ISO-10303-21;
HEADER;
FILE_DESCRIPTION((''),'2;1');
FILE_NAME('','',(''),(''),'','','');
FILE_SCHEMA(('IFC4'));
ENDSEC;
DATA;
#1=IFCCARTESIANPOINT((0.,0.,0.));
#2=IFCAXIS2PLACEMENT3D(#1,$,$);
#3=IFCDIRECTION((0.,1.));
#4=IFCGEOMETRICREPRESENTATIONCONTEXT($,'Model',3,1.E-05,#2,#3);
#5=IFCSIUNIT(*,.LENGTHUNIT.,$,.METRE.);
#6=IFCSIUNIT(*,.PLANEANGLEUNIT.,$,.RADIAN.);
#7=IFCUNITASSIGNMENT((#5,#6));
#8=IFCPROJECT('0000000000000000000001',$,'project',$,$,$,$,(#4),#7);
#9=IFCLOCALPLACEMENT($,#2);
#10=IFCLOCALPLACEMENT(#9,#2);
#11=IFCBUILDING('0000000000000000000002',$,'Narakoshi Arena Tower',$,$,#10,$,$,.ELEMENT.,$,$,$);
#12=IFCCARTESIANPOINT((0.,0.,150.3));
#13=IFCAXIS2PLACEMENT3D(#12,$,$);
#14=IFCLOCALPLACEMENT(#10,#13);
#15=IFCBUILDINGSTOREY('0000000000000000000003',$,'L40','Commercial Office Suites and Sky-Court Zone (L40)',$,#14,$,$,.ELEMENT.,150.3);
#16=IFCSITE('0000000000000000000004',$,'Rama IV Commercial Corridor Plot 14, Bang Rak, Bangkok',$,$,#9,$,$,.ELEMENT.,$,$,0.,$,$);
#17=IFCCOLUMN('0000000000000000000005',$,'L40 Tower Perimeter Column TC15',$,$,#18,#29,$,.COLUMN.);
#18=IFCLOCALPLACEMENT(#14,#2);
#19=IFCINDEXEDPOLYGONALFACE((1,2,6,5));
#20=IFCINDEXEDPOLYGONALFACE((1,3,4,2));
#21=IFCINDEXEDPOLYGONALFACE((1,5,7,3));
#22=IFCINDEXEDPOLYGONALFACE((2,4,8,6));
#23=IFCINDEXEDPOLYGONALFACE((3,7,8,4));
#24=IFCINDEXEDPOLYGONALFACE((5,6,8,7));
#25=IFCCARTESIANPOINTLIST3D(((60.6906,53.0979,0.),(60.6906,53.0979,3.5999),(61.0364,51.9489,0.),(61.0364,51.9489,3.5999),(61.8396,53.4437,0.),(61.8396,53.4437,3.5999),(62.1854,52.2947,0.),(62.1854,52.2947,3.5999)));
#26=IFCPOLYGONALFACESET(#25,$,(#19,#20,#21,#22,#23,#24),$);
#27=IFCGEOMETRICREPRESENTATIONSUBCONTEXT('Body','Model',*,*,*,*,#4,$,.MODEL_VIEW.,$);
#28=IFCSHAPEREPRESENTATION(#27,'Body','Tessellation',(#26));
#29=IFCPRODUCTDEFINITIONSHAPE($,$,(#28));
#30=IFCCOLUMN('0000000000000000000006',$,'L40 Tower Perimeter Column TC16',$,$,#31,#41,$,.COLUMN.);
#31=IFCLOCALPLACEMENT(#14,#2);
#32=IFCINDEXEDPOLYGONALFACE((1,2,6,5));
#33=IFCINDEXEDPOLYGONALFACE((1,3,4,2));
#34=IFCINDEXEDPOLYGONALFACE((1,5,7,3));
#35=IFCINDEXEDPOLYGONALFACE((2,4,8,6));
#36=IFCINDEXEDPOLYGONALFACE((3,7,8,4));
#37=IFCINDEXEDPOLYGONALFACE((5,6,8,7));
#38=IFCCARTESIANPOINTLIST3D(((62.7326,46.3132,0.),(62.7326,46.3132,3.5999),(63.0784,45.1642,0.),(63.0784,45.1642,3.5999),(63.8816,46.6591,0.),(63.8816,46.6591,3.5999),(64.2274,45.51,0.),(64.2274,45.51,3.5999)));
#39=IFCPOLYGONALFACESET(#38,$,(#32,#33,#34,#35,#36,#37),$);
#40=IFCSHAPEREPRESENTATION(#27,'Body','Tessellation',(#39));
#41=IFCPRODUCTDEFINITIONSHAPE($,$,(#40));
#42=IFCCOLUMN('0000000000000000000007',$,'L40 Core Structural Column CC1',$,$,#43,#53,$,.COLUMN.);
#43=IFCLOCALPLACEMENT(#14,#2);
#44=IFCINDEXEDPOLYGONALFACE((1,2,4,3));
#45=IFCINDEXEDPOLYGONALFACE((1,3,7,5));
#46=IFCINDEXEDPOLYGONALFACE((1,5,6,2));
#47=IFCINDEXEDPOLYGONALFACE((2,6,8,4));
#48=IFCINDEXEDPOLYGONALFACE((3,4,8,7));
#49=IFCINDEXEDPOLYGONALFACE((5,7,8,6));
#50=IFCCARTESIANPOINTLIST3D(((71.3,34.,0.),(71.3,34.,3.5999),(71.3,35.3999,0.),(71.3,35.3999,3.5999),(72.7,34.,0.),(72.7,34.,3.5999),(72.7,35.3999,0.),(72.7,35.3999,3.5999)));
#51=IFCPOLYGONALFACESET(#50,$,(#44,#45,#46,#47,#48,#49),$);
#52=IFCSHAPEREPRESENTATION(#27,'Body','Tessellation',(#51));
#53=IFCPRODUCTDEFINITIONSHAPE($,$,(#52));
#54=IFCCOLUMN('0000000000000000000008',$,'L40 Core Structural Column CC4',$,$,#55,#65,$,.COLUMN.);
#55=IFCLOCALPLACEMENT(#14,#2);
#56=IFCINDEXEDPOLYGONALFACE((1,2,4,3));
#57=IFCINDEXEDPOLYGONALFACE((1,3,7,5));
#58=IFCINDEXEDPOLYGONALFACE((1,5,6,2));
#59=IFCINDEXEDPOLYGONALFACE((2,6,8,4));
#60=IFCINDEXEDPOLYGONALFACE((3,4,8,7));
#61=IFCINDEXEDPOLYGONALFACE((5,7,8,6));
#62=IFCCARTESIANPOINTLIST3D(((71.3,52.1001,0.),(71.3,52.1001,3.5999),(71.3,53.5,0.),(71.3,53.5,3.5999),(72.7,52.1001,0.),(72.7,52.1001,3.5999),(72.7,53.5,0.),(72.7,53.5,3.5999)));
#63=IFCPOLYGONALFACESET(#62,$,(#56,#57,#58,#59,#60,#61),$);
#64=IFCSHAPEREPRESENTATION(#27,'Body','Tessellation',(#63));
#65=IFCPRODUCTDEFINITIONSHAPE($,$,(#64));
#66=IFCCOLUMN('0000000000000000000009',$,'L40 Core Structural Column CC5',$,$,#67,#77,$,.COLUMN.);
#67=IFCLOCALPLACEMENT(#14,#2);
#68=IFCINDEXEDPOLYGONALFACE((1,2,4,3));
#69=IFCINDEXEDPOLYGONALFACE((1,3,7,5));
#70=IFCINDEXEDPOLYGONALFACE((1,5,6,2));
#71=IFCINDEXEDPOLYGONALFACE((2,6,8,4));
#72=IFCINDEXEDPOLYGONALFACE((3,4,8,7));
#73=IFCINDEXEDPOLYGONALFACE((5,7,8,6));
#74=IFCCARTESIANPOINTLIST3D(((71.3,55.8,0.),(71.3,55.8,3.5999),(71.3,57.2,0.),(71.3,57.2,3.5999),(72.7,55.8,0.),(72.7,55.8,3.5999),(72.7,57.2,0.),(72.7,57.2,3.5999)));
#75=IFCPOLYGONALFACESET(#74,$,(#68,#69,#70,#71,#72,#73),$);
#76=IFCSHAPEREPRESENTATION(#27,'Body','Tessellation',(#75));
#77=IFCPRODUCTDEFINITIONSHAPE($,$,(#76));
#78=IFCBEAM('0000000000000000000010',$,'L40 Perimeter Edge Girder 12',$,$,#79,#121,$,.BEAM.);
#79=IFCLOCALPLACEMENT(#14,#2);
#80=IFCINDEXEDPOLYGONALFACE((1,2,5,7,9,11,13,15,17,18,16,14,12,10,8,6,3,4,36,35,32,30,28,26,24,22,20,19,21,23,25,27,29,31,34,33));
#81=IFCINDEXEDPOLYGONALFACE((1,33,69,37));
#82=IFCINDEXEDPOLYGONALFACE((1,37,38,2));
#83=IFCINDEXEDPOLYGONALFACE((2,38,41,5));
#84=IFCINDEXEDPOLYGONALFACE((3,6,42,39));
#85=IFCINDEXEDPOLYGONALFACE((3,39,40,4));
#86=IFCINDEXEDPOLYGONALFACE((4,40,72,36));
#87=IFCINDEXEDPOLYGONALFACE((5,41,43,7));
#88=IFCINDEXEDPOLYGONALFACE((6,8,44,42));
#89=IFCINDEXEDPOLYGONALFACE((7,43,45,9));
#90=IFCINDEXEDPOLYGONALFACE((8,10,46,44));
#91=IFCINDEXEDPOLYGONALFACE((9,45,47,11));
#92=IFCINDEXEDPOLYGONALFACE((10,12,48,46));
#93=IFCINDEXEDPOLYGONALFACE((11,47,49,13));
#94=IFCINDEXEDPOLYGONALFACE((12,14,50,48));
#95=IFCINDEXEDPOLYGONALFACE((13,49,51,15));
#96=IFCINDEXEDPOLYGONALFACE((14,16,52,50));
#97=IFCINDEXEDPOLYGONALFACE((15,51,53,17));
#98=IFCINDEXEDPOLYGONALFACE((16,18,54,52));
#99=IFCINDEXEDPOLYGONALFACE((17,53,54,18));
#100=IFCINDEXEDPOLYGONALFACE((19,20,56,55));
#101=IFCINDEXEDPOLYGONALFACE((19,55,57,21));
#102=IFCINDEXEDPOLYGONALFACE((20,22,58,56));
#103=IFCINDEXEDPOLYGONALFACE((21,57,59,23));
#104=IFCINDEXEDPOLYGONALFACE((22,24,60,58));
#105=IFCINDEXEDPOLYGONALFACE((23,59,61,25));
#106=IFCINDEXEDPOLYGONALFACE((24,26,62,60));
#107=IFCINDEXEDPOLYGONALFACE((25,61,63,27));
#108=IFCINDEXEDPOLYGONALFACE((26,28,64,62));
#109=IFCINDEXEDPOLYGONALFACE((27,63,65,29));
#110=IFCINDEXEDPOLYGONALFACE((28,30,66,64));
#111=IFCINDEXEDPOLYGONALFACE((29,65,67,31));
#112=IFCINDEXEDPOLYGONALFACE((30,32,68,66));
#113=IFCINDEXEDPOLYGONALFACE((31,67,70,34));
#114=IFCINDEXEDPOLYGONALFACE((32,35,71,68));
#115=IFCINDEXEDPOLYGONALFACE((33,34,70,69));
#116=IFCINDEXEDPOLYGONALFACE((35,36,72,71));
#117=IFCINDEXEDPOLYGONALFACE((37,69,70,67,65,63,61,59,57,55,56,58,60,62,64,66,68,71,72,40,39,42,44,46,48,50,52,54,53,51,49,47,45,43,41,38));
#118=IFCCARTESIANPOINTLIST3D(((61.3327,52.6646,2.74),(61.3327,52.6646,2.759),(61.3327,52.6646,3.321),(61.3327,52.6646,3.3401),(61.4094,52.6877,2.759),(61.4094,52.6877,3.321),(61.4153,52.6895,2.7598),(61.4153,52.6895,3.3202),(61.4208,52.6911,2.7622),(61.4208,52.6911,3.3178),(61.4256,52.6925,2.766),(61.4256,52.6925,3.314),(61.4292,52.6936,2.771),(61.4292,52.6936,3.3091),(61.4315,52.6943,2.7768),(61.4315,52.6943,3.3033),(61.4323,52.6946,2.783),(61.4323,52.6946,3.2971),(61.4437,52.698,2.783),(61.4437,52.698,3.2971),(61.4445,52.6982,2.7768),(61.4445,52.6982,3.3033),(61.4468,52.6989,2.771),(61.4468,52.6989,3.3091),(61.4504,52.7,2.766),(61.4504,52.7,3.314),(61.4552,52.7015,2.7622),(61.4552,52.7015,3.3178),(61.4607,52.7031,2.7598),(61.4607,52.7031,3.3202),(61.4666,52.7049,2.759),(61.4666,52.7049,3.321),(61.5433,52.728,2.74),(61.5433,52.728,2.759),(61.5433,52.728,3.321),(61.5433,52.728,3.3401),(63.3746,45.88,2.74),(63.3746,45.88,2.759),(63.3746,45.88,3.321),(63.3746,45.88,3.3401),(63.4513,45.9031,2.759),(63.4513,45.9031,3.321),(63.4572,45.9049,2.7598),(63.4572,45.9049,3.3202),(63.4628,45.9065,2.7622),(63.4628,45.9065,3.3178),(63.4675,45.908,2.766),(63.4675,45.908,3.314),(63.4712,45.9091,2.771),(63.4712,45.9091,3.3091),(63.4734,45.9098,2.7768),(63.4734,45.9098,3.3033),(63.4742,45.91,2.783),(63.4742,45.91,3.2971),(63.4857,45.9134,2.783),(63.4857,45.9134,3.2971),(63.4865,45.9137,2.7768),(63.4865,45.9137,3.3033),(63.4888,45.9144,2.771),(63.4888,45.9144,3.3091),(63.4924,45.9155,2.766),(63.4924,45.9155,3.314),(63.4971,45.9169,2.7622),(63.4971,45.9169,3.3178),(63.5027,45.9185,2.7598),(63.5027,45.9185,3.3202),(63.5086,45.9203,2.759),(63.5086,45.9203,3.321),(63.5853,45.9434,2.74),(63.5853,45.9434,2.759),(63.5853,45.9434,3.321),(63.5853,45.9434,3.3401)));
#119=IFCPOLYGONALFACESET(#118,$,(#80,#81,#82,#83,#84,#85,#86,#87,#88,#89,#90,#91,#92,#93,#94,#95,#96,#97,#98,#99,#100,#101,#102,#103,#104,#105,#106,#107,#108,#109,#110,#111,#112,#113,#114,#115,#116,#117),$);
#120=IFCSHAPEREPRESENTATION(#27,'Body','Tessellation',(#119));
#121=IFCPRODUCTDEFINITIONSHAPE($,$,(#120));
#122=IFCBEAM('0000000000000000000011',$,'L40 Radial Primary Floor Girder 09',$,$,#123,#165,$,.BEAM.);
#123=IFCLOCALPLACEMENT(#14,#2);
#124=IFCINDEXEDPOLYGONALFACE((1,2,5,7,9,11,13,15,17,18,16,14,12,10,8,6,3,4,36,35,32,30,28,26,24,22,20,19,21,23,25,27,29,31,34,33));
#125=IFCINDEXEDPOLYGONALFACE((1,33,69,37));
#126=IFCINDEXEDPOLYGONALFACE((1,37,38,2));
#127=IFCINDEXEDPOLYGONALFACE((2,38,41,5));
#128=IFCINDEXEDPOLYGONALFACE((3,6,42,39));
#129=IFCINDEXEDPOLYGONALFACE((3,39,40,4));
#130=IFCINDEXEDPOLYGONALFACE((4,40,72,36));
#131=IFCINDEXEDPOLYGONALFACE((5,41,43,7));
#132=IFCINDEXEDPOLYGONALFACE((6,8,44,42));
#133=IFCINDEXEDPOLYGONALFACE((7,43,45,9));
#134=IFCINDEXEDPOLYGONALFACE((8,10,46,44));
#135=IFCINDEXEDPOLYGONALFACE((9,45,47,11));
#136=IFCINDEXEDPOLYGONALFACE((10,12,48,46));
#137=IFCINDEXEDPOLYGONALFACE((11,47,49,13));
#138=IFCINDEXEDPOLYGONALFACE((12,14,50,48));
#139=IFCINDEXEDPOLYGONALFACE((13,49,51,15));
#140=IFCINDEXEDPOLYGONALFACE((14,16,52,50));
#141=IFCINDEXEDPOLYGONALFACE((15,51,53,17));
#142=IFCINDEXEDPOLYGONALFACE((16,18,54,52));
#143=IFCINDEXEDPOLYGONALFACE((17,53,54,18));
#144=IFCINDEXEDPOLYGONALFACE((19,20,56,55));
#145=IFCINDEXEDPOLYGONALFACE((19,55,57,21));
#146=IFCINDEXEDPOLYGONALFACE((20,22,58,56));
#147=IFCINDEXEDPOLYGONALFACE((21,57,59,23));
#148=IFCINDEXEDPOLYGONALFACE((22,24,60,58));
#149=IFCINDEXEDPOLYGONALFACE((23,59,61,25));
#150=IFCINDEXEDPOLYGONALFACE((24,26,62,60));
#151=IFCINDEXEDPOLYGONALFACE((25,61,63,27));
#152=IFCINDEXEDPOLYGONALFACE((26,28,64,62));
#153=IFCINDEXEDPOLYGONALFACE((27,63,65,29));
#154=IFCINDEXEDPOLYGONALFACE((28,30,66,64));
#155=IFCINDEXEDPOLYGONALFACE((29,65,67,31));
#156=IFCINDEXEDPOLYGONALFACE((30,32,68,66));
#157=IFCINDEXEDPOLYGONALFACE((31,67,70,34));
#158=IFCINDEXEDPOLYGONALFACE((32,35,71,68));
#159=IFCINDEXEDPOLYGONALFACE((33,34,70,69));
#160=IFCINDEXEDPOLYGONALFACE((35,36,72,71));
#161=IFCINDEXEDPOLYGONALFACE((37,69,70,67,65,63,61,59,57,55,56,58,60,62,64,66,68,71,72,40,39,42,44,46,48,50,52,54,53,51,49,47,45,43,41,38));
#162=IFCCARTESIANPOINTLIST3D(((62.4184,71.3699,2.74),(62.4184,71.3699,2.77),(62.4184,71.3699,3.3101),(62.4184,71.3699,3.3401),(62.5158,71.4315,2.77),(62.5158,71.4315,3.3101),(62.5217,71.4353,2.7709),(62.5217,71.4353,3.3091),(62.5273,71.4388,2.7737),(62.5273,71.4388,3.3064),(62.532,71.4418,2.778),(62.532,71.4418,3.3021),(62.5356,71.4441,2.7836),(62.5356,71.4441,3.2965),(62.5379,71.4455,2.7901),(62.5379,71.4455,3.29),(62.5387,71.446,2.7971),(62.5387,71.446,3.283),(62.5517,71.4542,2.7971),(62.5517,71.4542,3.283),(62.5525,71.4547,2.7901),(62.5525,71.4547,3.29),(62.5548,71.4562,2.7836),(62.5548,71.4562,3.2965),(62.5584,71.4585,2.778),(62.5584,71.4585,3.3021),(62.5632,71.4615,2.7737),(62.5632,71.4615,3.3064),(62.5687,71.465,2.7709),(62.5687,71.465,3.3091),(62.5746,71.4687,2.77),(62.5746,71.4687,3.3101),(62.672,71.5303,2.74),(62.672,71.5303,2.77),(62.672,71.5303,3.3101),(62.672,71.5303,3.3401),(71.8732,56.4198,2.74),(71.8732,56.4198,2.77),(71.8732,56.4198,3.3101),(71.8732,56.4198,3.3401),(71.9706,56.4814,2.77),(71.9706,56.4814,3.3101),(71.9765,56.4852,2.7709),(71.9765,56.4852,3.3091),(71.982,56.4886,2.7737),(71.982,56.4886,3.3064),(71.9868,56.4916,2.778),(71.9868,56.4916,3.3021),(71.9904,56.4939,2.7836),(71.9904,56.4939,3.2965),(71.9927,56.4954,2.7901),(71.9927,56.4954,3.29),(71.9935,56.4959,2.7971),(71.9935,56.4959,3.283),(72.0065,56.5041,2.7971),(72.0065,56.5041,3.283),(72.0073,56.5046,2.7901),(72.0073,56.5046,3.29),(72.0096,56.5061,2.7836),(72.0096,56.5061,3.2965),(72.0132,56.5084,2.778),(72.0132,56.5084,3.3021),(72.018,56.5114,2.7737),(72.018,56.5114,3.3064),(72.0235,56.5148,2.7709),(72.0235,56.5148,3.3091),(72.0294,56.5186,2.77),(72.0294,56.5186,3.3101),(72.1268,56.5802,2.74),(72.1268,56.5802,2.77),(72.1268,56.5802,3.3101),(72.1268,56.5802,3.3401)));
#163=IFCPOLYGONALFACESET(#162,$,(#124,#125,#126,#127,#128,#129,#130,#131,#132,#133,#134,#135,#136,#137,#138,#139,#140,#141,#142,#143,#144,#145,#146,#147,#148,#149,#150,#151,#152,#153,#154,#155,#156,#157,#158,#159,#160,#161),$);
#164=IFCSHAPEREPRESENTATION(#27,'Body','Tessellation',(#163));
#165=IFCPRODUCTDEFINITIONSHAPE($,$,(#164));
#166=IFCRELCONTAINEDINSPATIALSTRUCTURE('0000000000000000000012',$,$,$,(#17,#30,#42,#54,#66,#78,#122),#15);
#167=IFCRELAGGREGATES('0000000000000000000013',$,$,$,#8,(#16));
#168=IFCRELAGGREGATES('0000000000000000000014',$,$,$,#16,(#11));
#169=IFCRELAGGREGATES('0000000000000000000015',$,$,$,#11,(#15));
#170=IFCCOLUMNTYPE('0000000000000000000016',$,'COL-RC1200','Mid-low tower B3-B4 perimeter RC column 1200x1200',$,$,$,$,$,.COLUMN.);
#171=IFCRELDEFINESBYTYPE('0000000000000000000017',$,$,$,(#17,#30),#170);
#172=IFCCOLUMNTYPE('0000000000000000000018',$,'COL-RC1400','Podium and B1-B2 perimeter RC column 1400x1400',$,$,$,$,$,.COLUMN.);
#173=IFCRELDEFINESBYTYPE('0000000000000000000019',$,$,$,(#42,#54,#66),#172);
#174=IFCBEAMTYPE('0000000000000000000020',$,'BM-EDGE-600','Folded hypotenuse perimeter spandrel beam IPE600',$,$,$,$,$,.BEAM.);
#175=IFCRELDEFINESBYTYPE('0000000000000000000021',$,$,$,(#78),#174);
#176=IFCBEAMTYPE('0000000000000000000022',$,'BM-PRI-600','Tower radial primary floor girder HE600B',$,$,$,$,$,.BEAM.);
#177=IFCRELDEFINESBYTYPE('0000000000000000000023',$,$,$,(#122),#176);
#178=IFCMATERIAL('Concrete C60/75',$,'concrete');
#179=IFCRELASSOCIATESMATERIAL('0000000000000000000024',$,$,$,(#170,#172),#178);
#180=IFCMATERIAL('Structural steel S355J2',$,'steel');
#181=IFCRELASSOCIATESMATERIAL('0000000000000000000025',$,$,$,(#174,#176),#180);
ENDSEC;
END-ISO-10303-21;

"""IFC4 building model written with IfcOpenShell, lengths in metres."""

from ifc_helpers import new_model, si_unit, direction, frame, origin, origin_2d, place, context, subcontext, project, spatial, rectangle, i_section, extrude, material, material_profile, profile_set, type_object, element, save


model = new_model("IFC4")

# Units and contexts
model_context = context("Model", 3, precision=1e-05, world=origin(), true_north=direction((0.0, 1.0)))
body_context = subcontext(model_context, "Body", "Model", "MODEL_VIEW")
ifc_project = project(units=[si_unit("LENGTHUNIT", "METRE"), si_unit("PLANEANGLEUNIT", "RADIAN")], contexts=[model_context])

# Site, building, storey
site_placement = place(None, origin())
site = spatial("IfcSite", under=ifc_project, at=site_placement, Name="Rama IV Commercial Corridor Plot 14, Bang Rak, Bangkok", CompositionType="ELEMENT", RefElevation=0.0)
building_placement = place(site_placement, origin())
building = spatial("IfcBuilding", under=site, at=building_placement, Name="Narakoshi Arena Tower", CompositionType="ELEMENT")
storey_placement = place(building_placement, frame((0.0, 0.0, 150.3)))
storey = spatial("IfcBuildingStorey", under=building, at=storey_placement, Name="L40", Description="Commercial Office Suites and Sky-Court Zone (L40)", CompositionType="ELEMENT", Elevation=150.3)

# Columns
ifc_material_1 = material(Name="Concrete C60/75", Category="concrete")
ifc_material_profile_1 = material_profile(ifc_material_1, rectangle(XDim=1.2, YDim=1.2, at=origin_2d()), Name="RC1200x1200")
ifc_profile_set_1 = profile_set([ifc_material_profile_1], Name="Concrete C60/75")
column_type_1 = type_object("IfcColumnType", Name="COL-RC1200", Description="Mid-low tower B3-B4 perimeter RC column 1200x1200", PredefinedType="COLUMN", material=ifc_profile_set_1)
for number, where, z_axis, x_axis, name in (
    (1, (61.438, 52.6963, 0.0), (0.0, 0.0, 1.0), (-0.288196, 0.957571, 0.0), "L40 Tower Perimeter Column TC15"),
    (2, (63.48, 45.9116, 0.0), (0.0, 0.0, 1.0), (-0.288196, 0.957571, 0.0), "L40 Tower Perimeter Column TC16"),
):
    element("IfcColumn", number, at=place(storey_placement, frame(where, z_axis=z_axis, x_axis=x_axis)), inside=storey, type_object=column_type_1, Name=name, PredefinedType="COLUMN", context=body_context, shape_type="SweptSolid", body=[
        extrude(rectangle(XDim=1.2, YDim=1.2, at=origin_2d()), origin(), (0.0, 0.0, 1.0), 3.5999),
    ])
ifc_material_profile_2 = material_profile(ifc_material_1, rectangle(XDim=1.3999, YDim=1.3999, at=origin_2d()), Name="RC1400x1400")
ifc_profile_set_2 = profile_set([ifc_material_profile_2], Name="Concrete C60/75")
column_type_2 = type_object("IfcColumnType", Name="COL-RC1400", Description="Podium and B1-B2 perimeter RC column 1400x1400", PredefinedType="COLUMN", material=ifc_profile_set_2)
for number, where, z_axis, x_axis, name in (
    (3, (72.0, 34.7, 0.0), (0.0, 0.0, 1.0), (1.0, 0.0, 0.0), "L40 Core Structural Column CC1"),
    (4, (72.0, 52.8, 0.0), (0.0, 0.0, 1.0), (1.0, 0.0, 0.0), "L40 Core Structural Column CC4"),
    (5, (72.0, 56.5, 0.0), (0.0, 0.0, 1.0), (1.0, 0.0, 0.0), "L40 Core Structural Column CC5"),
):
    element("IfcColumn", number, at=place(storey_placement, frame(where, z_axis=z_axis, x_axis=x_axis)), inside=storey, type_object=column_type_2, Name=name, PredefinedType="COLUMN", context=body_context, shape_type="SweptSolid", body=[
        extrude(rectangle(XDim=1.3999, YDim=1.3999, at=origin_2d()), origin(), (0.0, 0.0, 1.0), 3.5999),
    ])

# Beams
ifc_material_2 = material(Name="Structural steel S355J2", Category="steel")
ifc_material_profile_3 = material_profile(ifc_material_2, i_section(OverallWidth=0.22, OverallDepth=0.6001, WebThickness=0.012, FlangeThickness=0.019, FilletRadius=0.0239, at=origin_2d()), Name="IPE600")
ifc_profile_set_3 = profile_set([ifc_material_profile_3], Name="Structural steel S355J2")
beam_type_1 = type_object("IfcBeamType", Name="BM-EDGE-600", Description="Folded hypotenuse perimeter spandrel beam IPE600", PredefinedType="BEAM", material=ifc_profile_set_3)
beam_1_placement = place(storey_placement, frame((61.438, 52.6963, 3.04), z_axis=(0.288201, -0.95757, 0.0), x_axis=(0.95757, 0.288201, 0.0)))
element("IfcBeam", 6, at=beam_1_placement, inside=storey, type_object=beam_type_1, Name="L40 Perimeter Edge Girder 12", PredefinedType="BEAM", context=body_context, shape_type="SweptSolid", body=[
    extrude(i_section(OverallWidth=0.22, OverallDepth=0.6001, WebThickness=0.012, FlangeThickness=0.019, FilletRadius=0.0239, at=origin_2d()), origin(), (0.0, 0.0, 1.0), 7.0852),
])
ifc_material_profile_4 = material_profile(ifc_material_2, i_section(OverallWidth=0.3, OverallDepth=0.6001, WebThickness=0.0154, FlangeThickness=0.03, FilletRadius=0.0271, at=origin_2d()), Name="HE600B")
ifc_profile_set_4 = profile_set([ifc_material_profile_4], Name="Structural steel S355J2")
beam_type_2 = type_object("IfcBeamType", Name="BM-PRI-600", Description="Tower radial primary floor girder HE600B", PredefinedType="BEAM", material=ifc_profile_set_4)
beam_2_placement = place(storey_placement, frame((72.0, 56.5, 3.04), z_axis=(-0.534502, 0.845167, 0.0), x_axis=(-0.845167, -0.534502, 0.0)))
element("IfcBeam", 7, at=beam_2_placement, inside=storey, type_object=beam_type_2, Name="L40 Radial Primary Floor Girder 09", PredefinedType="BEAM", context=body_context, shape_type="SweptSolid", body=[
    extrude(i_section(OverallWidth=0.3, OverallDepth=0.6001, WebThickness=0.0154, FlangeThickness=0.03, FilletRadius=0.0271, at=origin_2d()), origin(), (0.0, 0.0, 1.0), 17.689),
])

save(model, "model.ifc")
